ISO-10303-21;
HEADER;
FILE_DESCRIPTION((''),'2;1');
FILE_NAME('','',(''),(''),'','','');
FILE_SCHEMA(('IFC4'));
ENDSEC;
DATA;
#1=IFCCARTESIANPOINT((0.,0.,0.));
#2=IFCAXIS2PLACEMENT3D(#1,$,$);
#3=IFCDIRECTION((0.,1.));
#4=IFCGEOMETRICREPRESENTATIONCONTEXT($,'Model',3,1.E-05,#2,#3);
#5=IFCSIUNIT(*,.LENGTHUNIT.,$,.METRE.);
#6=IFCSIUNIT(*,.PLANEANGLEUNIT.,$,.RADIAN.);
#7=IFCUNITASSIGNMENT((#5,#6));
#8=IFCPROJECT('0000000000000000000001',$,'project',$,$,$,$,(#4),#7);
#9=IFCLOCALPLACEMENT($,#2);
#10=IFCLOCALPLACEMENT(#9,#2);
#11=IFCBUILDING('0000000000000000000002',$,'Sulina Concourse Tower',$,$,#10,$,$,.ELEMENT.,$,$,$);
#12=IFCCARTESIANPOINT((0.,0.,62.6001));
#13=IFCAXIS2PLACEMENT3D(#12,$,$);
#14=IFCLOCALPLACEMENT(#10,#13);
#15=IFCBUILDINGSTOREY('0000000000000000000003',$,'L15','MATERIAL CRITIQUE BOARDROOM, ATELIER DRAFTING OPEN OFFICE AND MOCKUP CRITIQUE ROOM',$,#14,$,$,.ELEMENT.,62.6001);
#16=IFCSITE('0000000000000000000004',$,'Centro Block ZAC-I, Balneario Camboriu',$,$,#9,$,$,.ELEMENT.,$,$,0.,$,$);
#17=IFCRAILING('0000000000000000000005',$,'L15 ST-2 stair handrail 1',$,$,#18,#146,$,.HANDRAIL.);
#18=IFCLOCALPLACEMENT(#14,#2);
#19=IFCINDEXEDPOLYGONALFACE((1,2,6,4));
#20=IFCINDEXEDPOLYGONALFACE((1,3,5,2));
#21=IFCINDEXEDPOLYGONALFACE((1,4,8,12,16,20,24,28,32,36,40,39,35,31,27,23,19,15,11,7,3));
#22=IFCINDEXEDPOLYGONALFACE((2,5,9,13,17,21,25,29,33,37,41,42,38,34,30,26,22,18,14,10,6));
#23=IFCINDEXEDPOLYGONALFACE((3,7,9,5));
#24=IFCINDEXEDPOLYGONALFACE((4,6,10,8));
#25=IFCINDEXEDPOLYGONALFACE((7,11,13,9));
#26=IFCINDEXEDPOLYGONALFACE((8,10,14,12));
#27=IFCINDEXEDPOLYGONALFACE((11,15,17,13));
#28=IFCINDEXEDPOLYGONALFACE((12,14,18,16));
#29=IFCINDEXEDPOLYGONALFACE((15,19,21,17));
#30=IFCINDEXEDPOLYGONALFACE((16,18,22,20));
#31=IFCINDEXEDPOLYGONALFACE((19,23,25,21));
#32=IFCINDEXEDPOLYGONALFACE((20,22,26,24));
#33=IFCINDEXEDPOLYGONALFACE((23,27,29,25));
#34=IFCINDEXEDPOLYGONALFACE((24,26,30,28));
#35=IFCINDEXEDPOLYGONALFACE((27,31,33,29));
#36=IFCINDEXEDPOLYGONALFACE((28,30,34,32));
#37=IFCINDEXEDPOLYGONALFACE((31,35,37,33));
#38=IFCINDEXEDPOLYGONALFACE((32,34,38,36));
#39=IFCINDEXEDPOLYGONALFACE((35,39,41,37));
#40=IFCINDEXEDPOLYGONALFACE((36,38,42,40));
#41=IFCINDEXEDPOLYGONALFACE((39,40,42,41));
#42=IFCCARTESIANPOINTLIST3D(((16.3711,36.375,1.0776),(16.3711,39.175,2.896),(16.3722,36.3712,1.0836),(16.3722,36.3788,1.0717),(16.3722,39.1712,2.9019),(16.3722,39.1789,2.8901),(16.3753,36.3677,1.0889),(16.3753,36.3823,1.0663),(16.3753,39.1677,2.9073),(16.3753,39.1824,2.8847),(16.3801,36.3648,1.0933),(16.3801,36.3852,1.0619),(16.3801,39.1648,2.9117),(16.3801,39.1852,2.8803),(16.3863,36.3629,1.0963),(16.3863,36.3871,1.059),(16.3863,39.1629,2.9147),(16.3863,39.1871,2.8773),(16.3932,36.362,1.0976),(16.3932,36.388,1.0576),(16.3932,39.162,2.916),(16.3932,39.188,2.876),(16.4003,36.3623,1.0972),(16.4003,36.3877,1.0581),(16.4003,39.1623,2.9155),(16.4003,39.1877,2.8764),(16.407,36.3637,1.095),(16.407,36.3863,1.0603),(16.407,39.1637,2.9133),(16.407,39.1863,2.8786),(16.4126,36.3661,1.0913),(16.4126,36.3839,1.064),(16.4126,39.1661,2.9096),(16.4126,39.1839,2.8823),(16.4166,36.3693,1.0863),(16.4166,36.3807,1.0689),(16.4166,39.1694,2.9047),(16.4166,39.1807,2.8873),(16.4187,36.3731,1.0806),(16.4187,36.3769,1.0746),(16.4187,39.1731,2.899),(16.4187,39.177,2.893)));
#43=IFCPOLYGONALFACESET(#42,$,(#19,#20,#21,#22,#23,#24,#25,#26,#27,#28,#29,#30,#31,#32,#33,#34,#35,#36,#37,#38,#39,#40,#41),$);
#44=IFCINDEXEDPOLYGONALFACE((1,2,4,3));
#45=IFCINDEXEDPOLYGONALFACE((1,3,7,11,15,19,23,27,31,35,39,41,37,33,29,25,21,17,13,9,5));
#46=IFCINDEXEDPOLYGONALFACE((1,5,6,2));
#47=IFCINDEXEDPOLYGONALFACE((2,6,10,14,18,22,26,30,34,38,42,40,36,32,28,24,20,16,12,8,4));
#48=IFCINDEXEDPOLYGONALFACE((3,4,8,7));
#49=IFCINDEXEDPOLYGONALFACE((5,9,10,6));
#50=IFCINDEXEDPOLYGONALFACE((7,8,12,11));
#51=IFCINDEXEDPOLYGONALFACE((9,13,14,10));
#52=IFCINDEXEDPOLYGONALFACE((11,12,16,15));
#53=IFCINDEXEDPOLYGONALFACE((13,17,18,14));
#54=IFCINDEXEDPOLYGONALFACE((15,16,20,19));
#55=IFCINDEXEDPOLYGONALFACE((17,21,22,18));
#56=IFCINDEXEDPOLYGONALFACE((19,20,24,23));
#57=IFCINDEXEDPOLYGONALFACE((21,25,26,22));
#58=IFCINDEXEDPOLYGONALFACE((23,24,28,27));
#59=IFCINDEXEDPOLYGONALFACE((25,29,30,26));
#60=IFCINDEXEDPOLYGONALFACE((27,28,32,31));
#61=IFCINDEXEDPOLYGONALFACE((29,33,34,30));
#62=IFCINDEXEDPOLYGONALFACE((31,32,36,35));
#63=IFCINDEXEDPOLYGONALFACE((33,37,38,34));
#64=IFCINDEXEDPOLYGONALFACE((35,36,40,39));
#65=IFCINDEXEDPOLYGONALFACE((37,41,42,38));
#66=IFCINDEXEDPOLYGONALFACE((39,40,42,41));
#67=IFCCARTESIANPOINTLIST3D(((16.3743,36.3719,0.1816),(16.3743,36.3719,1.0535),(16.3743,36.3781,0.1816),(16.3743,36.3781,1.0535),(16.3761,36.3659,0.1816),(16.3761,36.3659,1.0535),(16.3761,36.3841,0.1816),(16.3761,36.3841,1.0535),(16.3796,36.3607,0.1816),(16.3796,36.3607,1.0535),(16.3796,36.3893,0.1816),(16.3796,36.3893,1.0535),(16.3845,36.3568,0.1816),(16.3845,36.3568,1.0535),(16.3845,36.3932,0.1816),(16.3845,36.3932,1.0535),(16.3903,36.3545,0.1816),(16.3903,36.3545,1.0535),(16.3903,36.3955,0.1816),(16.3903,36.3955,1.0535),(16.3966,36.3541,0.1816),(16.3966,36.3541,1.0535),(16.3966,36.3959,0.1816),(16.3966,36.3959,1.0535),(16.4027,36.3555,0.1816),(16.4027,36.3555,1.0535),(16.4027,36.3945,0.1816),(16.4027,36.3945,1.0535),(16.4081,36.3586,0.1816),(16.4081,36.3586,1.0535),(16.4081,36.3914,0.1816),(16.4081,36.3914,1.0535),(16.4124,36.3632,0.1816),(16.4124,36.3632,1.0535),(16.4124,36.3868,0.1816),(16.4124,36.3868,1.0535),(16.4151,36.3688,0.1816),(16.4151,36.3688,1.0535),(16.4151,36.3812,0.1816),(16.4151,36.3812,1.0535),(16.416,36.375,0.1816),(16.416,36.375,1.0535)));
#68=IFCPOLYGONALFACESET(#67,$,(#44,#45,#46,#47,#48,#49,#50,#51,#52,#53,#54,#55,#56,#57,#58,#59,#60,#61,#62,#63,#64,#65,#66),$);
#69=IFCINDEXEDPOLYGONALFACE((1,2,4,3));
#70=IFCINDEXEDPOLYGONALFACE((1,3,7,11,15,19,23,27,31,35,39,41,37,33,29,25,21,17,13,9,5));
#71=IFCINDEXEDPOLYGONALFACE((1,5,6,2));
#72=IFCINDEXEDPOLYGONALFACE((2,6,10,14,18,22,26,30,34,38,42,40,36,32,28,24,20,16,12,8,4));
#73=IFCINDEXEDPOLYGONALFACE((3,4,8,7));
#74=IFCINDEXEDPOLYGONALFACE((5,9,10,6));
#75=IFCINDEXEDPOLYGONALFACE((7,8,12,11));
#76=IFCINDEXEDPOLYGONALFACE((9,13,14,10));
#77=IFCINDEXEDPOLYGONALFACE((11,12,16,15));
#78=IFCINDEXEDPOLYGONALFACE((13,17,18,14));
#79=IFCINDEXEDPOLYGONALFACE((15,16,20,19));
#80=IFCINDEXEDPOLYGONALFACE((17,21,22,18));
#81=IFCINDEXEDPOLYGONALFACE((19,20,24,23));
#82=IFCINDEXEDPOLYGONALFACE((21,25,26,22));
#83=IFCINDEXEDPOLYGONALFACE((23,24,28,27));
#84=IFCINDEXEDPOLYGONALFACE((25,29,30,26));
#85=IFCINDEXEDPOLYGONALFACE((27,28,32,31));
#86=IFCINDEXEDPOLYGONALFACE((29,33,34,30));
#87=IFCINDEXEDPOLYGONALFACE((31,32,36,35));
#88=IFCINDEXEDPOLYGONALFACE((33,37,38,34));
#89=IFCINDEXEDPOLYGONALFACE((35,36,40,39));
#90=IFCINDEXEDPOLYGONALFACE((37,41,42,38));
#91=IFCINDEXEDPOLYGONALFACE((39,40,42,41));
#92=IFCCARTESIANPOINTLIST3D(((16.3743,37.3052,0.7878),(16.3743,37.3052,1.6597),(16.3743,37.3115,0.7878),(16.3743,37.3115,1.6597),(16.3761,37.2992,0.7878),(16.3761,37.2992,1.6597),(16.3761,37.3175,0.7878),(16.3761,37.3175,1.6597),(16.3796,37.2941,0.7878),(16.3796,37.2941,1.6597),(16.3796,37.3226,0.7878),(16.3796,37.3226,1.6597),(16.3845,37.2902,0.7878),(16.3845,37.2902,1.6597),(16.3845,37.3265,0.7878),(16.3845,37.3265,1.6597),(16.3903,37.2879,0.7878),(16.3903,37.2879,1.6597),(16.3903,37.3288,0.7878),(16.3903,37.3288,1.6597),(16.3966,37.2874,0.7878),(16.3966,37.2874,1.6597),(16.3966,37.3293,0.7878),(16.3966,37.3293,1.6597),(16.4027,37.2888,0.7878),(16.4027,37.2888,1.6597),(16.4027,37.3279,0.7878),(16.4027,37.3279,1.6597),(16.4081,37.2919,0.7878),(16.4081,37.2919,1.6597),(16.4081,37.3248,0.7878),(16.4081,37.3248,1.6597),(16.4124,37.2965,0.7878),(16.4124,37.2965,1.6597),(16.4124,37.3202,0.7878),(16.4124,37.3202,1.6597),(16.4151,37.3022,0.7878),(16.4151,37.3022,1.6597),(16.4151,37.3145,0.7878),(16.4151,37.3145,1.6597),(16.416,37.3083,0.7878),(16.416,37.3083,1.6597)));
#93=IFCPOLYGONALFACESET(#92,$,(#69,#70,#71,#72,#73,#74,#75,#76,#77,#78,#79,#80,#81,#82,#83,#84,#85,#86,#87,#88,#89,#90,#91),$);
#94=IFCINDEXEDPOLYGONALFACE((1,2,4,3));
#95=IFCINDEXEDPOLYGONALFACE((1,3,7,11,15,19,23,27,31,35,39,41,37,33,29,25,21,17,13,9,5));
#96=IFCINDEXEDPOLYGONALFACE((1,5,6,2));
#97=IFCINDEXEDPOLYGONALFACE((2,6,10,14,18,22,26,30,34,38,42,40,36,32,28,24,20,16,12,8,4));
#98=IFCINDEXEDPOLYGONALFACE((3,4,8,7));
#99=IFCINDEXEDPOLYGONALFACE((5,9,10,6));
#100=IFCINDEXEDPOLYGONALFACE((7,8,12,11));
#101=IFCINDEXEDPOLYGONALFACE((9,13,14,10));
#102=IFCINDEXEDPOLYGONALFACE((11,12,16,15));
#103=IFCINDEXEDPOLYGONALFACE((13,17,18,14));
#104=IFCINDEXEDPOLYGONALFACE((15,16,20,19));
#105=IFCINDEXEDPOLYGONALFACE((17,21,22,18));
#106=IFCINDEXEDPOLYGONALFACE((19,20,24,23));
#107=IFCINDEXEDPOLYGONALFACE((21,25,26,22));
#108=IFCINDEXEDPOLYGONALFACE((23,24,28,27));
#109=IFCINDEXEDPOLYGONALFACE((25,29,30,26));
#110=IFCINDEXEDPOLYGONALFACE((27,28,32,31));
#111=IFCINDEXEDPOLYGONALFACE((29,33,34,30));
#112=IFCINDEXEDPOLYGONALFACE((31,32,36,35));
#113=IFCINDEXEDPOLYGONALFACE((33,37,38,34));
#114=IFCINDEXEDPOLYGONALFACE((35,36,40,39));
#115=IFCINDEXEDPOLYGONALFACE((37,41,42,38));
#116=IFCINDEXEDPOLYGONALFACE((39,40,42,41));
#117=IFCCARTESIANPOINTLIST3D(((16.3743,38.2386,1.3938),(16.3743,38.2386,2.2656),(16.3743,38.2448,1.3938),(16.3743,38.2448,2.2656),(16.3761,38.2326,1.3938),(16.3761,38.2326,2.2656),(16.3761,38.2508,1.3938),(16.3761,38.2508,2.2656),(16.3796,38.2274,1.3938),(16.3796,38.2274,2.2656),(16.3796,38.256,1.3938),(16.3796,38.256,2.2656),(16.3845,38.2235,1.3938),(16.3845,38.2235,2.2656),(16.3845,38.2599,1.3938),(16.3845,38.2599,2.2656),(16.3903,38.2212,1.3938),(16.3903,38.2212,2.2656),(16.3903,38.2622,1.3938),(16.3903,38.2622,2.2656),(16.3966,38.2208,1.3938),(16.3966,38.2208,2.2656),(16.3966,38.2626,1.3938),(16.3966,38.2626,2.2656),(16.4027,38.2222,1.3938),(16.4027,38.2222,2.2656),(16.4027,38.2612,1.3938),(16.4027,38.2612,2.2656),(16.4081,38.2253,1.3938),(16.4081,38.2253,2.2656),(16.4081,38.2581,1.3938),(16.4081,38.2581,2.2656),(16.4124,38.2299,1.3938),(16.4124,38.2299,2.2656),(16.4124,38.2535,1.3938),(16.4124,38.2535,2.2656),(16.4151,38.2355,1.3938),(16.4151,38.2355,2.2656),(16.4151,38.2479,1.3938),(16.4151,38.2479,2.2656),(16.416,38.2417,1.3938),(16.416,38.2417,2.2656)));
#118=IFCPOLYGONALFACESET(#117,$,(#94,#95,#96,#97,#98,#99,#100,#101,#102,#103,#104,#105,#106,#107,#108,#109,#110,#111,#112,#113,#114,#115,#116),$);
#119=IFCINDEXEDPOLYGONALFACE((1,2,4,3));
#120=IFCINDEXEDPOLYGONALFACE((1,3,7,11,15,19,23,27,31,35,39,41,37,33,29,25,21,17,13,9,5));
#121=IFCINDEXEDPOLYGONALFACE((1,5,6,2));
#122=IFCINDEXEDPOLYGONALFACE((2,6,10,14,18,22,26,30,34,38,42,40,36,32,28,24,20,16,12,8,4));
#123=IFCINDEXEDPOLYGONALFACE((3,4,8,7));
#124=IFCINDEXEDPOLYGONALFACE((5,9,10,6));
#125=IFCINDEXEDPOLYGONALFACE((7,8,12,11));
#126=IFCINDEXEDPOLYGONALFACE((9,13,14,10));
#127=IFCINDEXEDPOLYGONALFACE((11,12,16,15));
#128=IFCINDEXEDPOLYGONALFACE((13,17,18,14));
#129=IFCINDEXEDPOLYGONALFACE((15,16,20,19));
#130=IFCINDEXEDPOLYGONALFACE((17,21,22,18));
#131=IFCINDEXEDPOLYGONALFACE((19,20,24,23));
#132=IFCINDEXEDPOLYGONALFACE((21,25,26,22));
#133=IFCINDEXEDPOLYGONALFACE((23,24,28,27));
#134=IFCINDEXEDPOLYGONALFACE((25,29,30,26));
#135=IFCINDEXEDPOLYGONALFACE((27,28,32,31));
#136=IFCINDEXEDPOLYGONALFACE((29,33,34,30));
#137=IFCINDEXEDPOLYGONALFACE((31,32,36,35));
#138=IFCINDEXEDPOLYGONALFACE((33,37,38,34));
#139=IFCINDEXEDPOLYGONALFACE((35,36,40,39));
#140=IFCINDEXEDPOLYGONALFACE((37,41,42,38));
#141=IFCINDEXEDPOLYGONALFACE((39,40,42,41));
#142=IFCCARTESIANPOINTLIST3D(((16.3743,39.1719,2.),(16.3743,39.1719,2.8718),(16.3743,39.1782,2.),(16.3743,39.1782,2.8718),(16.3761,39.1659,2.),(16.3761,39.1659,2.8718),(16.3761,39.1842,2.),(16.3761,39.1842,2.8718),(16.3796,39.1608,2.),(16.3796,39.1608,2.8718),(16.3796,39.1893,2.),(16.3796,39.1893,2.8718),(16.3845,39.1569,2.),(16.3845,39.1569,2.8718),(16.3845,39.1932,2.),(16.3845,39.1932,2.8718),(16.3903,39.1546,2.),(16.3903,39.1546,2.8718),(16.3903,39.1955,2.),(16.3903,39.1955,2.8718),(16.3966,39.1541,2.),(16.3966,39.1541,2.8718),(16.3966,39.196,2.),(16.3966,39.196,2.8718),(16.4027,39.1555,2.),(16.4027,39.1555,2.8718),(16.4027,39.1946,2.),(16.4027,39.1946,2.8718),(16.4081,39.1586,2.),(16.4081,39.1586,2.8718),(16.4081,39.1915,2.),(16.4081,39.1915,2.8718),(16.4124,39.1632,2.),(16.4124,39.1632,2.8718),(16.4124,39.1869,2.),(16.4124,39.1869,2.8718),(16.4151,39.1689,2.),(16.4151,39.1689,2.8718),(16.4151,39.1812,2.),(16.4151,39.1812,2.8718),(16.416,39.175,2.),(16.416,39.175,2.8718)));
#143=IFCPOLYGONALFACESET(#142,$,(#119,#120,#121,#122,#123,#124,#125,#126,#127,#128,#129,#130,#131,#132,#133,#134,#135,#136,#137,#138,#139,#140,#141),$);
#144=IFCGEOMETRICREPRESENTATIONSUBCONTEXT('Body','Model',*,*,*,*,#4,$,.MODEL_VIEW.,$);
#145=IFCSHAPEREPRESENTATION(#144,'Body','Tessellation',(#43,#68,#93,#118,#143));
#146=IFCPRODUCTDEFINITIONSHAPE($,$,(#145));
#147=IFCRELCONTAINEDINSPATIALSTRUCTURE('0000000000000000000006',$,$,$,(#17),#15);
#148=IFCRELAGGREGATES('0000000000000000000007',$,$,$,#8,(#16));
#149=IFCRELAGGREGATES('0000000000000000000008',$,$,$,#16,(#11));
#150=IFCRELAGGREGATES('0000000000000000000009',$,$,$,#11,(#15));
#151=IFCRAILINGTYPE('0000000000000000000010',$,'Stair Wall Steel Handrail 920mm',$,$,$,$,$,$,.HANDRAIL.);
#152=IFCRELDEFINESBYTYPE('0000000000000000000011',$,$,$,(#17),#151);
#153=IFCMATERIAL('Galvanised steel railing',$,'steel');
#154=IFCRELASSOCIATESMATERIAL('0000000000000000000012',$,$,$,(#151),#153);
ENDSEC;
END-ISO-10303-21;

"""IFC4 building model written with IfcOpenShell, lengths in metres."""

from ifc_helpers import new_model, si_unit, direction, frame, origin, origin_2d, place, context, subcontext, project, spatial, circle, extrude, material, type_object, element, save


model = new_model("IFC4")

# Units and contexts
model_context = context("Model", 3, precision=1e-05, world=origin(), true_north=direction((0.0, 1.0)))
body_context = subcontext(model_context, "Body", "Model", "MODEL_VIEW")
ifc_project = project(units=[si_unit("LENGTHUNIT", "METRE"), si_unit("PLANEANGLEUNIT", "RADIAN")], contexts=[model_context])

# Site, building, storey
site_placement = place(None, origin())
site = spatial("IfcSite", under=ifc_project, at=site_placement, Name="Centro Block ZAC-I, Balneario Camboriu", CompositionType="ELEMENT", RefElevation=0.0)
building_placement = place(site_placement, origin())
building = spatial("IfcBuilding", under=site, at=building_placement, Name="Sulina Concourse Tower", CompositionType="ELEMENT")
storey_placement = place(building_placement, frame((0.0, 0.0, 62.6001)))
storey = spatial("IfcBuildingStorey", under=building, at=storey_placement, Name="L15", Description="MATERIAL CRITIQUE BOARDROOM, ATELIER DRAFTING OPEN OFFICE AND MOCKUP CRITIQUE ROOM", CompositionType="ELEMENT", Elevation=62.6001)

# Railing
ifc_material_1 = material(Name="Galvanised steel railing", Category="steel")
railing_type_1 = type_object("IfcRailingType", Name="Stair Wall Steel Handrail 920mm", PredefinedType="HANDRAIL", material=ifc_material_1)
railing_1_placement = place(storey_placement, frame((16.395, 36.375, 0.1816)))
element("IfcRailing", 1, at=railing_1_placement, inside=storey, type_object=railing_type_1, Name="L15 ST-2 stair handrail 1", PredefinedType="HANDRAIL", context=body_context, shape_type="SweptSolid", body=[
    extrude(circle(Radius=0.0239, at=origin_2d()), frame((0.0, 0.0, 0.896), z_axis=(0.0, 0.838672, 0.544636), x_axis=(-1.0, 0.0, 0.0)), (0.0, 0.0, 1.0), 3.3386),
    extrude(circle(Radius=0.021, at=origin_2d()), origin(), (0.0, 0.0, 1.0), 0.8718),
    extrude(circle(Radius=0.021, at=origin_2d()), frame((0.0, 0.9333, 0.6062)), (0.0, 0.0, 1.0), 0.8718),
    extrude(circle(Radius=0.021, at=origin_2d()), frame((0.0, 1.8667, 1.2122)), (0.0, 0.0, 1.0), 0.8718),
    extrude(circle(Radius=0.021, at=origin_2d()), frame((0.0, 2.8, 1.8184)), (0.0, 0.0, 1.0), 0.8718),
])

save(model, "model.ifc")
